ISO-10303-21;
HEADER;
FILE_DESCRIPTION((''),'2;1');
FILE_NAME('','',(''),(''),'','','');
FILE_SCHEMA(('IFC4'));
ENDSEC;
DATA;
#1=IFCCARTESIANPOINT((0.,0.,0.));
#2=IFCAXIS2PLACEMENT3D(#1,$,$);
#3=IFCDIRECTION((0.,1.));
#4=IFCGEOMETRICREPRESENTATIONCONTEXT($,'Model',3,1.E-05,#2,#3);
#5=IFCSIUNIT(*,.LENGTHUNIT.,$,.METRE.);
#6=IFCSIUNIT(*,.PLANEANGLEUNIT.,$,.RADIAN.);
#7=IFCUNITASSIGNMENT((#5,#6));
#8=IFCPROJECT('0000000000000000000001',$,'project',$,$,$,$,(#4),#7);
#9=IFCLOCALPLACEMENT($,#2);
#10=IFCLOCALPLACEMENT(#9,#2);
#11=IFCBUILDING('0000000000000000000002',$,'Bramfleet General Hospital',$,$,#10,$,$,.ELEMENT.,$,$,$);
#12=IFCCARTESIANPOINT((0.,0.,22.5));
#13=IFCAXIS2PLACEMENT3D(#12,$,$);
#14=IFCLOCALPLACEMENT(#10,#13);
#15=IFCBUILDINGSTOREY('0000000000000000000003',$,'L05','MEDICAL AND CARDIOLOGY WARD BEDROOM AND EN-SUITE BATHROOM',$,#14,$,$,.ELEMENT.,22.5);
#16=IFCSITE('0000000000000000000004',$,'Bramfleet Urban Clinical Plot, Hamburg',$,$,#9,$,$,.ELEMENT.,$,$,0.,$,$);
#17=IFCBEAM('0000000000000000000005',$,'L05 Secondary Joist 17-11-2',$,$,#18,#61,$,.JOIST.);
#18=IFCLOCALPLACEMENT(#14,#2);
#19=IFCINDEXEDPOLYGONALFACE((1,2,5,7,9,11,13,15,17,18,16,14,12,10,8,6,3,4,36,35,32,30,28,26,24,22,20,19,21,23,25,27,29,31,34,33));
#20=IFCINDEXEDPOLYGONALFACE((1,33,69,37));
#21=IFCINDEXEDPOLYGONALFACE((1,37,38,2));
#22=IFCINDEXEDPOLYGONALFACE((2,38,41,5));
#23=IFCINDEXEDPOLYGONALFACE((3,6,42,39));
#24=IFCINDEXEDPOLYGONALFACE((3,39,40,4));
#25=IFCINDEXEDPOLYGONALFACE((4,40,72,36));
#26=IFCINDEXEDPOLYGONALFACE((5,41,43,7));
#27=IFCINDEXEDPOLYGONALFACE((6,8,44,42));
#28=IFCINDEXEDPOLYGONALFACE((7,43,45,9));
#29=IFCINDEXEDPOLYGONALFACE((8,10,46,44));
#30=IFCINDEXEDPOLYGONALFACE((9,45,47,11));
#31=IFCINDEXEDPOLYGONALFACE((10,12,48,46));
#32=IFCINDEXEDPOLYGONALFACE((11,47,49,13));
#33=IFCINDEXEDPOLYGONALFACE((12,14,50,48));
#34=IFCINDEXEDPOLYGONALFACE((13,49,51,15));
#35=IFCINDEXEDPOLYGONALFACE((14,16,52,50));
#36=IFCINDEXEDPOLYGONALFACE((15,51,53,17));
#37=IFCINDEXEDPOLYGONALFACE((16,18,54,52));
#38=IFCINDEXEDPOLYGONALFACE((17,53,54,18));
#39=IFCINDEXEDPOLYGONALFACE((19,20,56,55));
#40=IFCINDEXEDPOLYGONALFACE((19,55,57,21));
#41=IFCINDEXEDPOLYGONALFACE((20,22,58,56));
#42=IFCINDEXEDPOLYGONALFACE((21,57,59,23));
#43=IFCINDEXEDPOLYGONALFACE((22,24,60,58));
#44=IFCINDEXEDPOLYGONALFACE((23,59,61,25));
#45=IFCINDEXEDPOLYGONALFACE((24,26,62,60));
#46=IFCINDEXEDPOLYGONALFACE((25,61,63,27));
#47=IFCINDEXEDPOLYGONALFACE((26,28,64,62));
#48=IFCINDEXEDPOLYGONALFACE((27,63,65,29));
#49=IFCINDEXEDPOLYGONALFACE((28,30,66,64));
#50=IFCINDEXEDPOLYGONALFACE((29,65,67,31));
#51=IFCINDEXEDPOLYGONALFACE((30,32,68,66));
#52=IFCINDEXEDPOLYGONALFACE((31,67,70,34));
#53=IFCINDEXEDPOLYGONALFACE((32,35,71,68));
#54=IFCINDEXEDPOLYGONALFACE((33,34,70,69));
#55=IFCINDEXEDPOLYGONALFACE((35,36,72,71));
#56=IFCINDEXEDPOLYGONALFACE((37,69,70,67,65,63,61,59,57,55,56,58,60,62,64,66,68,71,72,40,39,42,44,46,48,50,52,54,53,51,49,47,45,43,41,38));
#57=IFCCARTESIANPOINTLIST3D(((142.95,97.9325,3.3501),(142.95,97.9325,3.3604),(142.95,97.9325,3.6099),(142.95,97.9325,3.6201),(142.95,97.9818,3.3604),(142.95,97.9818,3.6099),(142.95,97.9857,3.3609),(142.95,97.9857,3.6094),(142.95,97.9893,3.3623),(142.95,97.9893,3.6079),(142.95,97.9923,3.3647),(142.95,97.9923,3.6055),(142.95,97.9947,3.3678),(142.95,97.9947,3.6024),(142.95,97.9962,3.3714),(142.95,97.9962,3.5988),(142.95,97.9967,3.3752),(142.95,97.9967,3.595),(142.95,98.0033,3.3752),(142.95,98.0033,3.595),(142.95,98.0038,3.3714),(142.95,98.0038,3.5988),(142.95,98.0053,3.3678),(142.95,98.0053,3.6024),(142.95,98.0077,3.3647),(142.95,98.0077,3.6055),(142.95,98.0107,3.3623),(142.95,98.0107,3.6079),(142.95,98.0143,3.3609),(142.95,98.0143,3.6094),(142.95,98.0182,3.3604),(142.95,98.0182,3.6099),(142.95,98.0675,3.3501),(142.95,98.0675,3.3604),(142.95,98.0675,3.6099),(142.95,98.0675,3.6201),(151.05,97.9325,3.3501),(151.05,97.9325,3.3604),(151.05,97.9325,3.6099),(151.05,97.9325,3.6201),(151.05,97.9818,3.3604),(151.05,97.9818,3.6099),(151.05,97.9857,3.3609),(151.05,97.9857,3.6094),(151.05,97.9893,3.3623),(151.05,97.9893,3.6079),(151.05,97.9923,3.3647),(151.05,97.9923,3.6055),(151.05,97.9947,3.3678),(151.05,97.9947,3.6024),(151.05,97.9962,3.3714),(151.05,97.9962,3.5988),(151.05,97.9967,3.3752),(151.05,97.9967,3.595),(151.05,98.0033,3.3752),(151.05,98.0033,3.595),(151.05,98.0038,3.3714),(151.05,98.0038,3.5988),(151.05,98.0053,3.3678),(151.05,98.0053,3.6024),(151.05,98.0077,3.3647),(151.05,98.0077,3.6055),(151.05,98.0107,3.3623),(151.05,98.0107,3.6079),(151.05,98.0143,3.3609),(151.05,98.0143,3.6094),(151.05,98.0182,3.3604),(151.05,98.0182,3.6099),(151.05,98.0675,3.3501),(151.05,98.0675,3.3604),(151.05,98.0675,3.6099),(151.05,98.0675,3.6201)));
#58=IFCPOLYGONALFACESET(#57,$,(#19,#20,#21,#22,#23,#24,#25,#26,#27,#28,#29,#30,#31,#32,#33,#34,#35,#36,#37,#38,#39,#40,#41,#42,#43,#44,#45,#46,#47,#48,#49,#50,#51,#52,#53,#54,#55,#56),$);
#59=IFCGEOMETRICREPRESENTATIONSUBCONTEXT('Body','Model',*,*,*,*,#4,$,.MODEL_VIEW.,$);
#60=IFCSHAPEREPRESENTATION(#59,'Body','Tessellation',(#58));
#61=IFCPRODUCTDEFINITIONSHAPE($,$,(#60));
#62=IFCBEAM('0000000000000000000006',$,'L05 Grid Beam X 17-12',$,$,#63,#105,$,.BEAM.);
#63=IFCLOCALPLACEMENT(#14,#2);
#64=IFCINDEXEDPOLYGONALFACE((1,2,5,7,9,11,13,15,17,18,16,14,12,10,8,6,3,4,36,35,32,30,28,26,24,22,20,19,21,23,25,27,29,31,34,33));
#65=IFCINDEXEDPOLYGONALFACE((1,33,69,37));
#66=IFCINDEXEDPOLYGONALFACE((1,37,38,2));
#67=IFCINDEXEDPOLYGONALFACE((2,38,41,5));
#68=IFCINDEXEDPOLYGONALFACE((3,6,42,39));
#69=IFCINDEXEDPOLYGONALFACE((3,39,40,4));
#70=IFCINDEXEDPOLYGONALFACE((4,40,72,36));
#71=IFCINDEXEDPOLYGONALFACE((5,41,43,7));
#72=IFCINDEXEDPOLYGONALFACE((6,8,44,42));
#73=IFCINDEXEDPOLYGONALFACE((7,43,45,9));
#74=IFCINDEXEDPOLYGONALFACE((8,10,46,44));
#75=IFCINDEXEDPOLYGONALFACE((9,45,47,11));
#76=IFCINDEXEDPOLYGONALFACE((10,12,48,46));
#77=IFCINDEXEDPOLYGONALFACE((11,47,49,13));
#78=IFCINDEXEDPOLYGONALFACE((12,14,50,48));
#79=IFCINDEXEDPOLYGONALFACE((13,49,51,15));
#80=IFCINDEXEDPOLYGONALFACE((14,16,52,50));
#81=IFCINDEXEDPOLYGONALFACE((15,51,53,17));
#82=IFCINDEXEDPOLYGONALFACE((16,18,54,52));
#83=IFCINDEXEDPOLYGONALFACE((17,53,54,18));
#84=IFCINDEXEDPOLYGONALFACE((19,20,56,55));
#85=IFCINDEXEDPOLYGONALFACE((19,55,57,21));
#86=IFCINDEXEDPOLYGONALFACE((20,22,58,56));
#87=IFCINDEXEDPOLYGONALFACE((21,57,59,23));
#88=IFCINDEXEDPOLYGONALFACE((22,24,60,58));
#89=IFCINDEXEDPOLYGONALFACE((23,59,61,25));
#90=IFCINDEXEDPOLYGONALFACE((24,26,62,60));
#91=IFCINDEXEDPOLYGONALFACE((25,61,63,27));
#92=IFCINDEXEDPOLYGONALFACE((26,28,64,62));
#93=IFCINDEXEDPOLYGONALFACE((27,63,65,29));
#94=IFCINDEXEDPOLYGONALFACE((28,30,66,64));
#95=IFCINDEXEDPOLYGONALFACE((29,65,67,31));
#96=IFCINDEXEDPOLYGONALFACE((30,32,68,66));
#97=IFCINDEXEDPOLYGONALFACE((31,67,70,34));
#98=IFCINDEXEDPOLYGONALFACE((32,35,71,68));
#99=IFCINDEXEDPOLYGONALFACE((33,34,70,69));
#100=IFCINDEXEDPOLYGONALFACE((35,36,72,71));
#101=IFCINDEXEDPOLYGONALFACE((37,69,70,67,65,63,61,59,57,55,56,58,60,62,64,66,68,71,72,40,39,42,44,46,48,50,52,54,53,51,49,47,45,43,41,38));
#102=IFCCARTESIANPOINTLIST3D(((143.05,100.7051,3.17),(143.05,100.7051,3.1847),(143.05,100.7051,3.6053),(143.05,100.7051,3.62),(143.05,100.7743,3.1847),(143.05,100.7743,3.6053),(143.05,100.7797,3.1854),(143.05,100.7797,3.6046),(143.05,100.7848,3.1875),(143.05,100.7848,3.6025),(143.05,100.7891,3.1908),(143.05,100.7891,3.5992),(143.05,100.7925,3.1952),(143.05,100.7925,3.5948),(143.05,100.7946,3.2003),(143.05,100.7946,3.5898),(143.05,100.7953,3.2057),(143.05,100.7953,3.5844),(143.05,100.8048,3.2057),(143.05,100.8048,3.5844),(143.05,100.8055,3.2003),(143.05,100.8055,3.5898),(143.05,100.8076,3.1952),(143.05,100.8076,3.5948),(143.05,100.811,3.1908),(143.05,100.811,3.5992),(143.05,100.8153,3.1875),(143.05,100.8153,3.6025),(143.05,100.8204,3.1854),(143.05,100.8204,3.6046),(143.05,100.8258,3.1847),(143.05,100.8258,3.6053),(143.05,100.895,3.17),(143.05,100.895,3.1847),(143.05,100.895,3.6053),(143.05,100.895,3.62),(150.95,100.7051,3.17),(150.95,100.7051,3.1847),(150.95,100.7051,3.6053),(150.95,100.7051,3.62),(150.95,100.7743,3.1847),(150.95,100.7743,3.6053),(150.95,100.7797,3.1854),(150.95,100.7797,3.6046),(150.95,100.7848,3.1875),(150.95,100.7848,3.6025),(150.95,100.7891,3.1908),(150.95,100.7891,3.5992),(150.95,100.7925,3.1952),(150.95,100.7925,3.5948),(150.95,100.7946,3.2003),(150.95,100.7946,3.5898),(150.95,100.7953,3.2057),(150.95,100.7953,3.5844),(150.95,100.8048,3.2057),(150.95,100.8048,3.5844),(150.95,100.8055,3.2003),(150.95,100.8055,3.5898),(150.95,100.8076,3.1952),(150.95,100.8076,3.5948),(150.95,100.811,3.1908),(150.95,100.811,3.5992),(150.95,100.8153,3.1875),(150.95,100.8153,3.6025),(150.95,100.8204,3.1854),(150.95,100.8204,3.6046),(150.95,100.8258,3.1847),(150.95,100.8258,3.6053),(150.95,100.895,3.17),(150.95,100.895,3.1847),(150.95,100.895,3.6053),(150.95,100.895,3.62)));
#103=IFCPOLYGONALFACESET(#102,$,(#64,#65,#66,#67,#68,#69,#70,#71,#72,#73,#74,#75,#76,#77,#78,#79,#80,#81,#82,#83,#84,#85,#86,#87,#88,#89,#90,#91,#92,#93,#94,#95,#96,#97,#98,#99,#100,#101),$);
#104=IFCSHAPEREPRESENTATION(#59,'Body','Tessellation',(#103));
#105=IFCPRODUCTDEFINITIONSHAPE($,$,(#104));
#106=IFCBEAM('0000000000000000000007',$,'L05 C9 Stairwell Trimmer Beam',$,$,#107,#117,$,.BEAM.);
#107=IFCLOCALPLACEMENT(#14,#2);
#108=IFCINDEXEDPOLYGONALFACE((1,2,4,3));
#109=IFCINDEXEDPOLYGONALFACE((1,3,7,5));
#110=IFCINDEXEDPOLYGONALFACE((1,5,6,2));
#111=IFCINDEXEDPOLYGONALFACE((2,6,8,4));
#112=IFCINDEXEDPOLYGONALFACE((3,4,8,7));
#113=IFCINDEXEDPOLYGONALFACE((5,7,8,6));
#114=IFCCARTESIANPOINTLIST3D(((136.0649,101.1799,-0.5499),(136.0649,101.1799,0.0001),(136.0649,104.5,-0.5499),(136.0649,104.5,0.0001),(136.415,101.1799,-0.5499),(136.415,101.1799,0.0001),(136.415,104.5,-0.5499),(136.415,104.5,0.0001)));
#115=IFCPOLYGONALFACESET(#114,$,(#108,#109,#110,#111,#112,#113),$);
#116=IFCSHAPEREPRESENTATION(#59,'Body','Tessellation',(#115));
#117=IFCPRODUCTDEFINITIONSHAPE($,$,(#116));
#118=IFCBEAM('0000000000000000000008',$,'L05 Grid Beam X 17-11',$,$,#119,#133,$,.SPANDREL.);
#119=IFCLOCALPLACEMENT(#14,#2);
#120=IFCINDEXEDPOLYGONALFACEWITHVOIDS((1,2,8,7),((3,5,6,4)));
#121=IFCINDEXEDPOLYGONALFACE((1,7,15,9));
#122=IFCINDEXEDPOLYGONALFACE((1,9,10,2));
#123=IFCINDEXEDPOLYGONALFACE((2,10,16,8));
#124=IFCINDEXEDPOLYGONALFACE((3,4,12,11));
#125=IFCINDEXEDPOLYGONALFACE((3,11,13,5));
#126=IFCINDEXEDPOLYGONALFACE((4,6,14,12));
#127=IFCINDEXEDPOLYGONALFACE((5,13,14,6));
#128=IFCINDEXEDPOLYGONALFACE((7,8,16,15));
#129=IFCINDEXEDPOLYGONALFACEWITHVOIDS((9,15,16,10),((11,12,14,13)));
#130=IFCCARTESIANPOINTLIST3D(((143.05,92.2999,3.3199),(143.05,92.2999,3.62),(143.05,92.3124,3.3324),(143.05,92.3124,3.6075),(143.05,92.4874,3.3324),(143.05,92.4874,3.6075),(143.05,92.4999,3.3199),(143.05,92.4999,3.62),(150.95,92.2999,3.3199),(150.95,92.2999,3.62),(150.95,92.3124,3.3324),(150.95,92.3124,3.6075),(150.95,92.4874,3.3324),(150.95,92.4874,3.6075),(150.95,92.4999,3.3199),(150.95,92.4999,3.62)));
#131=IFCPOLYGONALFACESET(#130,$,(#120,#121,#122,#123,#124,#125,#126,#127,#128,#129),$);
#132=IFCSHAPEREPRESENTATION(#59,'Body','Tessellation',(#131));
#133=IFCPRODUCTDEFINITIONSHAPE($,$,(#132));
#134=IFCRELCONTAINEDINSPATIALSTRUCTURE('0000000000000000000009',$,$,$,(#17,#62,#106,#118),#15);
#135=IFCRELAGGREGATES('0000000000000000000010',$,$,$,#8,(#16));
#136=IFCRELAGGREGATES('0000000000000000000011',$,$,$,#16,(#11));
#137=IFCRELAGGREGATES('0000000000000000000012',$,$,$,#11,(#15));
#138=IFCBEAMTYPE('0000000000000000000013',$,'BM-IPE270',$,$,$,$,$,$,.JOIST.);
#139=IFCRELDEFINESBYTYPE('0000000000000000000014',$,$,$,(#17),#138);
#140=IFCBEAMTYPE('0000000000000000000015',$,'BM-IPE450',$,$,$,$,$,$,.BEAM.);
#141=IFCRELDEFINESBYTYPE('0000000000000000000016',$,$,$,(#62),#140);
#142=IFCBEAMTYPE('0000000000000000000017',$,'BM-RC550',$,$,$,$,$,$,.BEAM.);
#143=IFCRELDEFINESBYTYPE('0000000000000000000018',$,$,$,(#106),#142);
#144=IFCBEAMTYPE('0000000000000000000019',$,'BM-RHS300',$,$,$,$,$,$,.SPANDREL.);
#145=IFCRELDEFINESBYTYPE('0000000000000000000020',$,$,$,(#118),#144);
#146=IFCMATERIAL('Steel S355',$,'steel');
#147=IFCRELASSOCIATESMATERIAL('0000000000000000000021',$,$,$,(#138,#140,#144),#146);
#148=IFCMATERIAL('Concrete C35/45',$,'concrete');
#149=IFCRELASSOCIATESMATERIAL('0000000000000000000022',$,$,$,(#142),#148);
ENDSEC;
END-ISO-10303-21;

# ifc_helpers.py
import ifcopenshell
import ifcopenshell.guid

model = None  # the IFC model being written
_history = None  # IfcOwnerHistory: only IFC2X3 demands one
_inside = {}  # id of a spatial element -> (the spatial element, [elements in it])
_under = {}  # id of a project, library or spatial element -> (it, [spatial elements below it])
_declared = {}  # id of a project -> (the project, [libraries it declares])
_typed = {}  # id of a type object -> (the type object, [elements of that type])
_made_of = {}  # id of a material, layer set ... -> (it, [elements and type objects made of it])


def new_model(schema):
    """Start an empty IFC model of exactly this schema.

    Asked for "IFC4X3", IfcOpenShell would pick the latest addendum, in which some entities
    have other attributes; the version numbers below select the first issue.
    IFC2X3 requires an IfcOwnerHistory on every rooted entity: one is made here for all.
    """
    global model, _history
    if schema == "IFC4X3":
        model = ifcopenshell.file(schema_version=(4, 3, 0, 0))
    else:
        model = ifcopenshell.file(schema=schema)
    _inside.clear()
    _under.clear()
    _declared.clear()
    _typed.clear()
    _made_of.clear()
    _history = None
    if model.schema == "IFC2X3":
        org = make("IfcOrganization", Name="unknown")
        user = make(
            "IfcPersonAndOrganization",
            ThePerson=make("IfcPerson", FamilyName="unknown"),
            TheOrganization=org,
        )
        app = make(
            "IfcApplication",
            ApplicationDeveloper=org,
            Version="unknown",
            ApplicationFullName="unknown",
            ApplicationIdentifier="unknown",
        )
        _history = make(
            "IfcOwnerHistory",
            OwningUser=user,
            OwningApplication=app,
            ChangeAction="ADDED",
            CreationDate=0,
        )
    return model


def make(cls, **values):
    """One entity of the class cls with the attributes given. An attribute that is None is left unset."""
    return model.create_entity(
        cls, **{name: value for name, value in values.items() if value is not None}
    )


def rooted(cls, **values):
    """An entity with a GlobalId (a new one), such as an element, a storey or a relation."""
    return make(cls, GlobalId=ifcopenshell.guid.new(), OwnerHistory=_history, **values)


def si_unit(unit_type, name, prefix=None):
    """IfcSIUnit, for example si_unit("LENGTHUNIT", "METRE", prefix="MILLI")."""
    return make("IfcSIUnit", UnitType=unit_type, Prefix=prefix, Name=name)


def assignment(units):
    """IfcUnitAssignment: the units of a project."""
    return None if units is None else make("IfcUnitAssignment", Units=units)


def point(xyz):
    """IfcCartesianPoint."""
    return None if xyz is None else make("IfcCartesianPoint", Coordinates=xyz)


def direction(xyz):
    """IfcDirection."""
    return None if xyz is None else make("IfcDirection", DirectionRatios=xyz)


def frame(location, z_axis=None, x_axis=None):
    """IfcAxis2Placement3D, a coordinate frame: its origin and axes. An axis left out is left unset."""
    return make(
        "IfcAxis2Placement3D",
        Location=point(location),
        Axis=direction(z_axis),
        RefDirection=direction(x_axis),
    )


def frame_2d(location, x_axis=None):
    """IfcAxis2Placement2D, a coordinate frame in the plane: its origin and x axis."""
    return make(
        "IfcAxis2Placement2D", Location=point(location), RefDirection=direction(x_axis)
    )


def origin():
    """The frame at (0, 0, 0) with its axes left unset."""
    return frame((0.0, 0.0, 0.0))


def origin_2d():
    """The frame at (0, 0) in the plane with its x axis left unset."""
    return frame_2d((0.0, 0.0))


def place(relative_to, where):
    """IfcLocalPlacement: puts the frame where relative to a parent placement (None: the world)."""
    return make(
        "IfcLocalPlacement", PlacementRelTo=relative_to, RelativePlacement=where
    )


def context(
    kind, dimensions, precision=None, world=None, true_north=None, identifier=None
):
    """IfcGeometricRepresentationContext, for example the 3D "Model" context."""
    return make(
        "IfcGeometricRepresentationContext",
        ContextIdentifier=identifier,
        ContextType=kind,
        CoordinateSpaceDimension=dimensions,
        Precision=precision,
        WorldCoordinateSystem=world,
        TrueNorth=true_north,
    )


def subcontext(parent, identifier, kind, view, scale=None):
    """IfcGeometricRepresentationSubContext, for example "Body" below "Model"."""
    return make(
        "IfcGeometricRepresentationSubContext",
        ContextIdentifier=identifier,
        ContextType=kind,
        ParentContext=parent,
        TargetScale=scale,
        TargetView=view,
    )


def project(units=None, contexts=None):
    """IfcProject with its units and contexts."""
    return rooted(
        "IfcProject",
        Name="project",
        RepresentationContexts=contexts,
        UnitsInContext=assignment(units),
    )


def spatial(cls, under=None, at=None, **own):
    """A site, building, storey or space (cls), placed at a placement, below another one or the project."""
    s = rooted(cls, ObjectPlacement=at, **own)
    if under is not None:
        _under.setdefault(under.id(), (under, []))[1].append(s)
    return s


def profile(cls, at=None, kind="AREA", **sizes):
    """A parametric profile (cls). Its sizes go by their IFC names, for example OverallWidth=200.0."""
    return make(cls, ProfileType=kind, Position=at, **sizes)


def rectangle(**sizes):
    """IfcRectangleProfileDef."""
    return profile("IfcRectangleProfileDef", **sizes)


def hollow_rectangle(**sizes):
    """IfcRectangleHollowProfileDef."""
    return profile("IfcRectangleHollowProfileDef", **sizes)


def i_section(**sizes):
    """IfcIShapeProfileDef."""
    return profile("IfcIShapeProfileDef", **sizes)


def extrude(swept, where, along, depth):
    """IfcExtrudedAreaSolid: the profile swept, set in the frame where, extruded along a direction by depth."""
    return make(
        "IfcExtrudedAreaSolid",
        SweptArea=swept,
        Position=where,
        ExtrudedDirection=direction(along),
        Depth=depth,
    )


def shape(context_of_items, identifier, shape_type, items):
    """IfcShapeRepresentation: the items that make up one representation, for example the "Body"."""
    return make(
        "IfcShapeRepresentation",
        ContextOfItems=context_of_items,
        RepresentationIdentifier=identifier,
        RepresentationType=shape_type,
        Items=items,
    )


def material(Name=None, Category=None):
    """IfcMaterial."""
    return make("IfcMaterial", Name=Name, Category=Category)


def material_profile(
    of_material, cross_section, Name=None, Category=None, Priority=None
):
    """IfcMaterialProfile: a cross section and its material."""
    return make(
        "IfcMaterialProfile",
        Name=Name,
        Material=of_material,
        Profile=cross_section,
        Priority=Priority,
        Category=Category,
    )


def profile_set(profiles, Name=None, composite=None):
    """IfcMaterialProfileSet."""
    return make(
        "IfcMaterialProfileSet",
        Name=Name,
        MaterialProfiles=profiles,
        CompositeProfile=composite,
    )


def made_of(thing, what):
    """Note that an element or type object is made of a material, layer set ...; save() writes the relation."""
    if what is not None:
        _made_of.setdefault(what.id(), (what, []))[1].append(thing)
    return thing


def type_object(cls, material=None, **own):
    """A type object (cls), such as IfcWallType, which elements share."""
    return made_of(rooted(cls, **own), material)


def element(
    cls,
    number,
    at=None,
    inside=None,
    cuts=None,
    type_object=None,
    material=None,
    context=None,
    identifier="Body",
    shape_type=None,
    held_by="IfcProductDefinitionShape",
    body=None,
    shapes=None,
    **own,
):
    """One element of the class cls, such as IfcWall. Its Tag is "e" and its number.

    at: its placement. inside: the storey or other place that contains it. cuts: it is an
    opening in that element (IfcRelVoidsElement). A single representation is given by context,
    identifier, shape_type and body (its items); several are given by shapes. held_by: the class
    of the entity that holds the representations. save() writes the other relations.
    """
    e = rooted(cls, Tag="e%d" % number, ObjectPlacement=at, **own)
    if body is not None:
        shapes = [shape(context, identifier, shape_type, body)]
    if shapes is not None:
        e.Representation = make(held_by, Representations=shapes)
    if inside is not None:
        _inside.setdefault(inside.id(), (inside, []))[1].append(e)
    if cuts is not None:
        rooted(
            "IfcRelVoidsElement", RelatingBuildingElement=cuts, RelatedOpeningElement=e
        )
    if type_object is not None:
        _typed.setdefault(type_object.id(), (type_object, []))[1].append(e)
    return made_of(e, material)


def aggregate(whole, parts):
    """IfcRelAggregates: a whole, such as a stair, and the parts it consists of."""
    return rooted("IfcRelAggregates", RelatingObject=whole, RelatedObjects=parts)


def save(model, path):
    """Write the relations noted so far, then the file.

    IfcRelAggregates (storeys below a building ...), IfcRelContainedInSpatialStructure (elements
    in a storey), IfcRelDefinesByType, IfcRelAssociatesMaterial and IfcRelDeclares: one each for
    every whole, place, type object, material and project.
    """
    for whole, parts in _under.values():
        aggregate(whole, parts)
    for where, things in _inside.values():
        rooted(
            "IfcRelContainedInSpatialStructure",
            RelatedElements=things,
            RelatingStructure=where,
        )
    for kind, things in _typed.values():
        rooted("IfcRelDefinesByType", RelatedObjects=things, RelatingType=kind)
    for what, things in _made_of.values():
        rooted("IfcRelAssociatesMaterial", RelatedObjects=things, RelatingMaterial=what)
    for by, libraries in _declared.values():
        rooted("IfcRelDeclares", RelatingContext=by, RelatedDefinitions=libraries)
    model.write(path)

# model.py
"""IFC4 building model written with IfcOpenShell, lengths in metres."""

from ifc_helpers import new_model, si_unit, direction, frame, origin, origin_2d, place, context, subcontext, project, spatial, rectangle, hollow_rectangle, i_section, extrude, material, material_profile, profile_set, type_object, element, save


model = new_model("IFC4")

# Units and contexts
model_context = context("Model", 3, precision=1e-05, world=origin(), true_north=direction((0.0, 1.0)))
body_context = subcontext(model_context, "Body", "Model", "MODEL_VIEW")
ifc_project = project(units=[si_unit("LENGTHUNIT", "METRE"), si_unit("PLANEANGLEUNIT", "RADIAN")], contexts=[model_context])

# Site, building, storey
site_placement = place(None, origin())
site = spatial("IfcSite", under=ifc_project, at=site_placement, Name="Bramfleet Urban Clinical Plot, Hamburg", CompositionType="ELEMENT", RefElevation=0.0)
building_placement = place(site_placement, origin())
building = spatial("IfcBuilding", under=site, at=building_placement, Name="Bramfleet General Hospital", CompositionType="ELEMENT")
storey_placement = place(building_placement, frame((0.0, 0.0, 22.5)))
storey = spatial("IfcBuildingStorey", under=building, at=storey_placement, Name="L05", Description="MEDICAL AND CARDIOLOGY WARD BEDROOM AND EN-SUITE BATHROOM", CompositionType="ELEMENT", Elevation=22.5)

# Beams
ifc_material_1 = material(Name="Steel S355", Category="steel")
ifc_material_profile_1 = material_profile(ifc_material_1, i_section(OverallWidth=0.135, OverallDepth=0.27, WebThickness=0.0066, FlangeThickness=0.0103, FilletRadius=0.0149, at=origin_2d()), Name="IPE 270")
ifc_profile_set_1 = profile_set([ifc_material_profile_1], Name="Steel S355")
beam_type_1 = type_object("IfcBeamType", Name="BM-IPE270", PredefinedType="JOIST", material=ifc_profile_set_1)
for number, where, z_axis, x_axis, name in (
    (1, (142.95, 98.0, 3.4851), (1.0, 0.0, 0.0), (0.0, 1.0, 0.0), "L05 Secondary Joist 17-11-2"),
):
    element("IfcBeam", number, at=place(storey_placement, frame(where, z_axis=z_axis, x_axis=x_axis)), inside=storey, type_object=beam_type_1, Name=name, PredefinedType="JOIST", context=body_context, shape_type="SweptSolid", body=[
        extrude(i_section(OverallWidth=0.135, OverallDepth=0.27, WebThickness=0.0066, FlangeThickness=0.0103, FilletRadius=0.0149, at=origin_2d()), origin(), (0.0, 0.0, 1.0), 8.1001),
    ])
ifc_material_profile_2 = material_profile(ifc_material_1, i_section(OverallWidth=0.1899, OverallDepth=0.45, WebThickness=0.0095, FlangeThickness=0.0146, FilletRadius=0.021, at=origin_2d()), Name="IPE 450")
ifc_profile_set_2 = profile_set([ifc_material_profile_2], Name="Steel S355")
beam_type_2 = type_object("IfcBeamType", Name="BM-IPE450", PredefinedType="BEAM", material=ifc_profile_set_2)
beam_1_placement = place(storey_placement, frame((143.05, 100.8, 3.395), z_axis=(1.0, 0.0, 0.0), x_axis=(0.0, 1.0, 0.0)))
element("IfcBeam", 2, at=beam_1_placement, inside=storey, type_object=beam_type_2, Name="L05 Grid Beam X 17-12", PredefinedType="BEAM", context=body_context, shape_type="SweptSolid", body=[
    extrude(i_section(OverallWidth=0.1899, OverallDepth=0.45, WebThickness=0.0095, FlangeThickness=0.0146, FilletRadius=0.021, at=origin_2d()), origin(), (0.0, 0.0, 1.0), 7.8999),
])
ifc_material_2 = material(Name="Concrete C35/45", Category="concrete")
ifc_material_profile_3 = material_profile(ifc_material_2, rectangle(XDim=0.3501, YDim=0.55, at=origin_2d()), Name="RC BM 550x350")
ifc_profile_set_3 = profile_set([ifc_material_profile_3], Name="Concrete C35/45")
beam_type_3 = type_object("IfcBeamType", Name="BM-RC550", PredefinedType="BEAM", material=ifc_profile_set_3)
beam_2_placement = place(storey_placement, frame((136.24, 101.1799, -0.2749), z_axis=(0.0, 1.0, 0.0), x_axis=(-1.0, 0.0, 0.0)))
element("IfcBeam", 3, at=beam_2_placement, inside=storey, type_object=beam_type_3, Name="L05 C9 Stairwell Trimmer Beam", PredefinedType="BEAM", context=body_context, shape_type="SweptSolid", body=[
    extrude(rectangle(XDim=0.3501, YDim=0.55, at=origin_2d()), origin(), (0.0, 0.0, 1.0), 3.3201),
])
ifc_material_profile_4 = material_profile(ifc_material_1, hollow_rectangle(XDim=0.2, YDim=0.3, WallThickness=0.0125, at=origin_2d()), Name="RHS 300x200x12.5")
ifc_profile_set_4 = profile_set([ifc_material_profile_4], Name="Steel S355")
beam_type_4 = type_object("IfcBeamType", Name="BM-RHS300", PredefinedType="SPANDREL", material=ifc_profile_set_4)
beam_3_placement = place(storey_placement, frame((143.05, 92.3999, 3.47), z_axis=(1.0, 0.0, 0.0), x_axis=(0.0, 1.0, 0.0)))
element("IfcBeam", 4, at=beam_3_placement, inside=storey, type_object=beam_type_4, Name="L05 Grid Beam X 17-11", PredefinedType="SPANDREL", context=body_context, shape_type="SweptSolid", body=[
    extrude(hollow_rectangle(XDim=0.2, YDim=0.3, WallThickness=0.0125, at=origin_2d()), origin(), (0.0, 0.0, 1.0), 7.8999),
])

save(model, "model.ifc")
